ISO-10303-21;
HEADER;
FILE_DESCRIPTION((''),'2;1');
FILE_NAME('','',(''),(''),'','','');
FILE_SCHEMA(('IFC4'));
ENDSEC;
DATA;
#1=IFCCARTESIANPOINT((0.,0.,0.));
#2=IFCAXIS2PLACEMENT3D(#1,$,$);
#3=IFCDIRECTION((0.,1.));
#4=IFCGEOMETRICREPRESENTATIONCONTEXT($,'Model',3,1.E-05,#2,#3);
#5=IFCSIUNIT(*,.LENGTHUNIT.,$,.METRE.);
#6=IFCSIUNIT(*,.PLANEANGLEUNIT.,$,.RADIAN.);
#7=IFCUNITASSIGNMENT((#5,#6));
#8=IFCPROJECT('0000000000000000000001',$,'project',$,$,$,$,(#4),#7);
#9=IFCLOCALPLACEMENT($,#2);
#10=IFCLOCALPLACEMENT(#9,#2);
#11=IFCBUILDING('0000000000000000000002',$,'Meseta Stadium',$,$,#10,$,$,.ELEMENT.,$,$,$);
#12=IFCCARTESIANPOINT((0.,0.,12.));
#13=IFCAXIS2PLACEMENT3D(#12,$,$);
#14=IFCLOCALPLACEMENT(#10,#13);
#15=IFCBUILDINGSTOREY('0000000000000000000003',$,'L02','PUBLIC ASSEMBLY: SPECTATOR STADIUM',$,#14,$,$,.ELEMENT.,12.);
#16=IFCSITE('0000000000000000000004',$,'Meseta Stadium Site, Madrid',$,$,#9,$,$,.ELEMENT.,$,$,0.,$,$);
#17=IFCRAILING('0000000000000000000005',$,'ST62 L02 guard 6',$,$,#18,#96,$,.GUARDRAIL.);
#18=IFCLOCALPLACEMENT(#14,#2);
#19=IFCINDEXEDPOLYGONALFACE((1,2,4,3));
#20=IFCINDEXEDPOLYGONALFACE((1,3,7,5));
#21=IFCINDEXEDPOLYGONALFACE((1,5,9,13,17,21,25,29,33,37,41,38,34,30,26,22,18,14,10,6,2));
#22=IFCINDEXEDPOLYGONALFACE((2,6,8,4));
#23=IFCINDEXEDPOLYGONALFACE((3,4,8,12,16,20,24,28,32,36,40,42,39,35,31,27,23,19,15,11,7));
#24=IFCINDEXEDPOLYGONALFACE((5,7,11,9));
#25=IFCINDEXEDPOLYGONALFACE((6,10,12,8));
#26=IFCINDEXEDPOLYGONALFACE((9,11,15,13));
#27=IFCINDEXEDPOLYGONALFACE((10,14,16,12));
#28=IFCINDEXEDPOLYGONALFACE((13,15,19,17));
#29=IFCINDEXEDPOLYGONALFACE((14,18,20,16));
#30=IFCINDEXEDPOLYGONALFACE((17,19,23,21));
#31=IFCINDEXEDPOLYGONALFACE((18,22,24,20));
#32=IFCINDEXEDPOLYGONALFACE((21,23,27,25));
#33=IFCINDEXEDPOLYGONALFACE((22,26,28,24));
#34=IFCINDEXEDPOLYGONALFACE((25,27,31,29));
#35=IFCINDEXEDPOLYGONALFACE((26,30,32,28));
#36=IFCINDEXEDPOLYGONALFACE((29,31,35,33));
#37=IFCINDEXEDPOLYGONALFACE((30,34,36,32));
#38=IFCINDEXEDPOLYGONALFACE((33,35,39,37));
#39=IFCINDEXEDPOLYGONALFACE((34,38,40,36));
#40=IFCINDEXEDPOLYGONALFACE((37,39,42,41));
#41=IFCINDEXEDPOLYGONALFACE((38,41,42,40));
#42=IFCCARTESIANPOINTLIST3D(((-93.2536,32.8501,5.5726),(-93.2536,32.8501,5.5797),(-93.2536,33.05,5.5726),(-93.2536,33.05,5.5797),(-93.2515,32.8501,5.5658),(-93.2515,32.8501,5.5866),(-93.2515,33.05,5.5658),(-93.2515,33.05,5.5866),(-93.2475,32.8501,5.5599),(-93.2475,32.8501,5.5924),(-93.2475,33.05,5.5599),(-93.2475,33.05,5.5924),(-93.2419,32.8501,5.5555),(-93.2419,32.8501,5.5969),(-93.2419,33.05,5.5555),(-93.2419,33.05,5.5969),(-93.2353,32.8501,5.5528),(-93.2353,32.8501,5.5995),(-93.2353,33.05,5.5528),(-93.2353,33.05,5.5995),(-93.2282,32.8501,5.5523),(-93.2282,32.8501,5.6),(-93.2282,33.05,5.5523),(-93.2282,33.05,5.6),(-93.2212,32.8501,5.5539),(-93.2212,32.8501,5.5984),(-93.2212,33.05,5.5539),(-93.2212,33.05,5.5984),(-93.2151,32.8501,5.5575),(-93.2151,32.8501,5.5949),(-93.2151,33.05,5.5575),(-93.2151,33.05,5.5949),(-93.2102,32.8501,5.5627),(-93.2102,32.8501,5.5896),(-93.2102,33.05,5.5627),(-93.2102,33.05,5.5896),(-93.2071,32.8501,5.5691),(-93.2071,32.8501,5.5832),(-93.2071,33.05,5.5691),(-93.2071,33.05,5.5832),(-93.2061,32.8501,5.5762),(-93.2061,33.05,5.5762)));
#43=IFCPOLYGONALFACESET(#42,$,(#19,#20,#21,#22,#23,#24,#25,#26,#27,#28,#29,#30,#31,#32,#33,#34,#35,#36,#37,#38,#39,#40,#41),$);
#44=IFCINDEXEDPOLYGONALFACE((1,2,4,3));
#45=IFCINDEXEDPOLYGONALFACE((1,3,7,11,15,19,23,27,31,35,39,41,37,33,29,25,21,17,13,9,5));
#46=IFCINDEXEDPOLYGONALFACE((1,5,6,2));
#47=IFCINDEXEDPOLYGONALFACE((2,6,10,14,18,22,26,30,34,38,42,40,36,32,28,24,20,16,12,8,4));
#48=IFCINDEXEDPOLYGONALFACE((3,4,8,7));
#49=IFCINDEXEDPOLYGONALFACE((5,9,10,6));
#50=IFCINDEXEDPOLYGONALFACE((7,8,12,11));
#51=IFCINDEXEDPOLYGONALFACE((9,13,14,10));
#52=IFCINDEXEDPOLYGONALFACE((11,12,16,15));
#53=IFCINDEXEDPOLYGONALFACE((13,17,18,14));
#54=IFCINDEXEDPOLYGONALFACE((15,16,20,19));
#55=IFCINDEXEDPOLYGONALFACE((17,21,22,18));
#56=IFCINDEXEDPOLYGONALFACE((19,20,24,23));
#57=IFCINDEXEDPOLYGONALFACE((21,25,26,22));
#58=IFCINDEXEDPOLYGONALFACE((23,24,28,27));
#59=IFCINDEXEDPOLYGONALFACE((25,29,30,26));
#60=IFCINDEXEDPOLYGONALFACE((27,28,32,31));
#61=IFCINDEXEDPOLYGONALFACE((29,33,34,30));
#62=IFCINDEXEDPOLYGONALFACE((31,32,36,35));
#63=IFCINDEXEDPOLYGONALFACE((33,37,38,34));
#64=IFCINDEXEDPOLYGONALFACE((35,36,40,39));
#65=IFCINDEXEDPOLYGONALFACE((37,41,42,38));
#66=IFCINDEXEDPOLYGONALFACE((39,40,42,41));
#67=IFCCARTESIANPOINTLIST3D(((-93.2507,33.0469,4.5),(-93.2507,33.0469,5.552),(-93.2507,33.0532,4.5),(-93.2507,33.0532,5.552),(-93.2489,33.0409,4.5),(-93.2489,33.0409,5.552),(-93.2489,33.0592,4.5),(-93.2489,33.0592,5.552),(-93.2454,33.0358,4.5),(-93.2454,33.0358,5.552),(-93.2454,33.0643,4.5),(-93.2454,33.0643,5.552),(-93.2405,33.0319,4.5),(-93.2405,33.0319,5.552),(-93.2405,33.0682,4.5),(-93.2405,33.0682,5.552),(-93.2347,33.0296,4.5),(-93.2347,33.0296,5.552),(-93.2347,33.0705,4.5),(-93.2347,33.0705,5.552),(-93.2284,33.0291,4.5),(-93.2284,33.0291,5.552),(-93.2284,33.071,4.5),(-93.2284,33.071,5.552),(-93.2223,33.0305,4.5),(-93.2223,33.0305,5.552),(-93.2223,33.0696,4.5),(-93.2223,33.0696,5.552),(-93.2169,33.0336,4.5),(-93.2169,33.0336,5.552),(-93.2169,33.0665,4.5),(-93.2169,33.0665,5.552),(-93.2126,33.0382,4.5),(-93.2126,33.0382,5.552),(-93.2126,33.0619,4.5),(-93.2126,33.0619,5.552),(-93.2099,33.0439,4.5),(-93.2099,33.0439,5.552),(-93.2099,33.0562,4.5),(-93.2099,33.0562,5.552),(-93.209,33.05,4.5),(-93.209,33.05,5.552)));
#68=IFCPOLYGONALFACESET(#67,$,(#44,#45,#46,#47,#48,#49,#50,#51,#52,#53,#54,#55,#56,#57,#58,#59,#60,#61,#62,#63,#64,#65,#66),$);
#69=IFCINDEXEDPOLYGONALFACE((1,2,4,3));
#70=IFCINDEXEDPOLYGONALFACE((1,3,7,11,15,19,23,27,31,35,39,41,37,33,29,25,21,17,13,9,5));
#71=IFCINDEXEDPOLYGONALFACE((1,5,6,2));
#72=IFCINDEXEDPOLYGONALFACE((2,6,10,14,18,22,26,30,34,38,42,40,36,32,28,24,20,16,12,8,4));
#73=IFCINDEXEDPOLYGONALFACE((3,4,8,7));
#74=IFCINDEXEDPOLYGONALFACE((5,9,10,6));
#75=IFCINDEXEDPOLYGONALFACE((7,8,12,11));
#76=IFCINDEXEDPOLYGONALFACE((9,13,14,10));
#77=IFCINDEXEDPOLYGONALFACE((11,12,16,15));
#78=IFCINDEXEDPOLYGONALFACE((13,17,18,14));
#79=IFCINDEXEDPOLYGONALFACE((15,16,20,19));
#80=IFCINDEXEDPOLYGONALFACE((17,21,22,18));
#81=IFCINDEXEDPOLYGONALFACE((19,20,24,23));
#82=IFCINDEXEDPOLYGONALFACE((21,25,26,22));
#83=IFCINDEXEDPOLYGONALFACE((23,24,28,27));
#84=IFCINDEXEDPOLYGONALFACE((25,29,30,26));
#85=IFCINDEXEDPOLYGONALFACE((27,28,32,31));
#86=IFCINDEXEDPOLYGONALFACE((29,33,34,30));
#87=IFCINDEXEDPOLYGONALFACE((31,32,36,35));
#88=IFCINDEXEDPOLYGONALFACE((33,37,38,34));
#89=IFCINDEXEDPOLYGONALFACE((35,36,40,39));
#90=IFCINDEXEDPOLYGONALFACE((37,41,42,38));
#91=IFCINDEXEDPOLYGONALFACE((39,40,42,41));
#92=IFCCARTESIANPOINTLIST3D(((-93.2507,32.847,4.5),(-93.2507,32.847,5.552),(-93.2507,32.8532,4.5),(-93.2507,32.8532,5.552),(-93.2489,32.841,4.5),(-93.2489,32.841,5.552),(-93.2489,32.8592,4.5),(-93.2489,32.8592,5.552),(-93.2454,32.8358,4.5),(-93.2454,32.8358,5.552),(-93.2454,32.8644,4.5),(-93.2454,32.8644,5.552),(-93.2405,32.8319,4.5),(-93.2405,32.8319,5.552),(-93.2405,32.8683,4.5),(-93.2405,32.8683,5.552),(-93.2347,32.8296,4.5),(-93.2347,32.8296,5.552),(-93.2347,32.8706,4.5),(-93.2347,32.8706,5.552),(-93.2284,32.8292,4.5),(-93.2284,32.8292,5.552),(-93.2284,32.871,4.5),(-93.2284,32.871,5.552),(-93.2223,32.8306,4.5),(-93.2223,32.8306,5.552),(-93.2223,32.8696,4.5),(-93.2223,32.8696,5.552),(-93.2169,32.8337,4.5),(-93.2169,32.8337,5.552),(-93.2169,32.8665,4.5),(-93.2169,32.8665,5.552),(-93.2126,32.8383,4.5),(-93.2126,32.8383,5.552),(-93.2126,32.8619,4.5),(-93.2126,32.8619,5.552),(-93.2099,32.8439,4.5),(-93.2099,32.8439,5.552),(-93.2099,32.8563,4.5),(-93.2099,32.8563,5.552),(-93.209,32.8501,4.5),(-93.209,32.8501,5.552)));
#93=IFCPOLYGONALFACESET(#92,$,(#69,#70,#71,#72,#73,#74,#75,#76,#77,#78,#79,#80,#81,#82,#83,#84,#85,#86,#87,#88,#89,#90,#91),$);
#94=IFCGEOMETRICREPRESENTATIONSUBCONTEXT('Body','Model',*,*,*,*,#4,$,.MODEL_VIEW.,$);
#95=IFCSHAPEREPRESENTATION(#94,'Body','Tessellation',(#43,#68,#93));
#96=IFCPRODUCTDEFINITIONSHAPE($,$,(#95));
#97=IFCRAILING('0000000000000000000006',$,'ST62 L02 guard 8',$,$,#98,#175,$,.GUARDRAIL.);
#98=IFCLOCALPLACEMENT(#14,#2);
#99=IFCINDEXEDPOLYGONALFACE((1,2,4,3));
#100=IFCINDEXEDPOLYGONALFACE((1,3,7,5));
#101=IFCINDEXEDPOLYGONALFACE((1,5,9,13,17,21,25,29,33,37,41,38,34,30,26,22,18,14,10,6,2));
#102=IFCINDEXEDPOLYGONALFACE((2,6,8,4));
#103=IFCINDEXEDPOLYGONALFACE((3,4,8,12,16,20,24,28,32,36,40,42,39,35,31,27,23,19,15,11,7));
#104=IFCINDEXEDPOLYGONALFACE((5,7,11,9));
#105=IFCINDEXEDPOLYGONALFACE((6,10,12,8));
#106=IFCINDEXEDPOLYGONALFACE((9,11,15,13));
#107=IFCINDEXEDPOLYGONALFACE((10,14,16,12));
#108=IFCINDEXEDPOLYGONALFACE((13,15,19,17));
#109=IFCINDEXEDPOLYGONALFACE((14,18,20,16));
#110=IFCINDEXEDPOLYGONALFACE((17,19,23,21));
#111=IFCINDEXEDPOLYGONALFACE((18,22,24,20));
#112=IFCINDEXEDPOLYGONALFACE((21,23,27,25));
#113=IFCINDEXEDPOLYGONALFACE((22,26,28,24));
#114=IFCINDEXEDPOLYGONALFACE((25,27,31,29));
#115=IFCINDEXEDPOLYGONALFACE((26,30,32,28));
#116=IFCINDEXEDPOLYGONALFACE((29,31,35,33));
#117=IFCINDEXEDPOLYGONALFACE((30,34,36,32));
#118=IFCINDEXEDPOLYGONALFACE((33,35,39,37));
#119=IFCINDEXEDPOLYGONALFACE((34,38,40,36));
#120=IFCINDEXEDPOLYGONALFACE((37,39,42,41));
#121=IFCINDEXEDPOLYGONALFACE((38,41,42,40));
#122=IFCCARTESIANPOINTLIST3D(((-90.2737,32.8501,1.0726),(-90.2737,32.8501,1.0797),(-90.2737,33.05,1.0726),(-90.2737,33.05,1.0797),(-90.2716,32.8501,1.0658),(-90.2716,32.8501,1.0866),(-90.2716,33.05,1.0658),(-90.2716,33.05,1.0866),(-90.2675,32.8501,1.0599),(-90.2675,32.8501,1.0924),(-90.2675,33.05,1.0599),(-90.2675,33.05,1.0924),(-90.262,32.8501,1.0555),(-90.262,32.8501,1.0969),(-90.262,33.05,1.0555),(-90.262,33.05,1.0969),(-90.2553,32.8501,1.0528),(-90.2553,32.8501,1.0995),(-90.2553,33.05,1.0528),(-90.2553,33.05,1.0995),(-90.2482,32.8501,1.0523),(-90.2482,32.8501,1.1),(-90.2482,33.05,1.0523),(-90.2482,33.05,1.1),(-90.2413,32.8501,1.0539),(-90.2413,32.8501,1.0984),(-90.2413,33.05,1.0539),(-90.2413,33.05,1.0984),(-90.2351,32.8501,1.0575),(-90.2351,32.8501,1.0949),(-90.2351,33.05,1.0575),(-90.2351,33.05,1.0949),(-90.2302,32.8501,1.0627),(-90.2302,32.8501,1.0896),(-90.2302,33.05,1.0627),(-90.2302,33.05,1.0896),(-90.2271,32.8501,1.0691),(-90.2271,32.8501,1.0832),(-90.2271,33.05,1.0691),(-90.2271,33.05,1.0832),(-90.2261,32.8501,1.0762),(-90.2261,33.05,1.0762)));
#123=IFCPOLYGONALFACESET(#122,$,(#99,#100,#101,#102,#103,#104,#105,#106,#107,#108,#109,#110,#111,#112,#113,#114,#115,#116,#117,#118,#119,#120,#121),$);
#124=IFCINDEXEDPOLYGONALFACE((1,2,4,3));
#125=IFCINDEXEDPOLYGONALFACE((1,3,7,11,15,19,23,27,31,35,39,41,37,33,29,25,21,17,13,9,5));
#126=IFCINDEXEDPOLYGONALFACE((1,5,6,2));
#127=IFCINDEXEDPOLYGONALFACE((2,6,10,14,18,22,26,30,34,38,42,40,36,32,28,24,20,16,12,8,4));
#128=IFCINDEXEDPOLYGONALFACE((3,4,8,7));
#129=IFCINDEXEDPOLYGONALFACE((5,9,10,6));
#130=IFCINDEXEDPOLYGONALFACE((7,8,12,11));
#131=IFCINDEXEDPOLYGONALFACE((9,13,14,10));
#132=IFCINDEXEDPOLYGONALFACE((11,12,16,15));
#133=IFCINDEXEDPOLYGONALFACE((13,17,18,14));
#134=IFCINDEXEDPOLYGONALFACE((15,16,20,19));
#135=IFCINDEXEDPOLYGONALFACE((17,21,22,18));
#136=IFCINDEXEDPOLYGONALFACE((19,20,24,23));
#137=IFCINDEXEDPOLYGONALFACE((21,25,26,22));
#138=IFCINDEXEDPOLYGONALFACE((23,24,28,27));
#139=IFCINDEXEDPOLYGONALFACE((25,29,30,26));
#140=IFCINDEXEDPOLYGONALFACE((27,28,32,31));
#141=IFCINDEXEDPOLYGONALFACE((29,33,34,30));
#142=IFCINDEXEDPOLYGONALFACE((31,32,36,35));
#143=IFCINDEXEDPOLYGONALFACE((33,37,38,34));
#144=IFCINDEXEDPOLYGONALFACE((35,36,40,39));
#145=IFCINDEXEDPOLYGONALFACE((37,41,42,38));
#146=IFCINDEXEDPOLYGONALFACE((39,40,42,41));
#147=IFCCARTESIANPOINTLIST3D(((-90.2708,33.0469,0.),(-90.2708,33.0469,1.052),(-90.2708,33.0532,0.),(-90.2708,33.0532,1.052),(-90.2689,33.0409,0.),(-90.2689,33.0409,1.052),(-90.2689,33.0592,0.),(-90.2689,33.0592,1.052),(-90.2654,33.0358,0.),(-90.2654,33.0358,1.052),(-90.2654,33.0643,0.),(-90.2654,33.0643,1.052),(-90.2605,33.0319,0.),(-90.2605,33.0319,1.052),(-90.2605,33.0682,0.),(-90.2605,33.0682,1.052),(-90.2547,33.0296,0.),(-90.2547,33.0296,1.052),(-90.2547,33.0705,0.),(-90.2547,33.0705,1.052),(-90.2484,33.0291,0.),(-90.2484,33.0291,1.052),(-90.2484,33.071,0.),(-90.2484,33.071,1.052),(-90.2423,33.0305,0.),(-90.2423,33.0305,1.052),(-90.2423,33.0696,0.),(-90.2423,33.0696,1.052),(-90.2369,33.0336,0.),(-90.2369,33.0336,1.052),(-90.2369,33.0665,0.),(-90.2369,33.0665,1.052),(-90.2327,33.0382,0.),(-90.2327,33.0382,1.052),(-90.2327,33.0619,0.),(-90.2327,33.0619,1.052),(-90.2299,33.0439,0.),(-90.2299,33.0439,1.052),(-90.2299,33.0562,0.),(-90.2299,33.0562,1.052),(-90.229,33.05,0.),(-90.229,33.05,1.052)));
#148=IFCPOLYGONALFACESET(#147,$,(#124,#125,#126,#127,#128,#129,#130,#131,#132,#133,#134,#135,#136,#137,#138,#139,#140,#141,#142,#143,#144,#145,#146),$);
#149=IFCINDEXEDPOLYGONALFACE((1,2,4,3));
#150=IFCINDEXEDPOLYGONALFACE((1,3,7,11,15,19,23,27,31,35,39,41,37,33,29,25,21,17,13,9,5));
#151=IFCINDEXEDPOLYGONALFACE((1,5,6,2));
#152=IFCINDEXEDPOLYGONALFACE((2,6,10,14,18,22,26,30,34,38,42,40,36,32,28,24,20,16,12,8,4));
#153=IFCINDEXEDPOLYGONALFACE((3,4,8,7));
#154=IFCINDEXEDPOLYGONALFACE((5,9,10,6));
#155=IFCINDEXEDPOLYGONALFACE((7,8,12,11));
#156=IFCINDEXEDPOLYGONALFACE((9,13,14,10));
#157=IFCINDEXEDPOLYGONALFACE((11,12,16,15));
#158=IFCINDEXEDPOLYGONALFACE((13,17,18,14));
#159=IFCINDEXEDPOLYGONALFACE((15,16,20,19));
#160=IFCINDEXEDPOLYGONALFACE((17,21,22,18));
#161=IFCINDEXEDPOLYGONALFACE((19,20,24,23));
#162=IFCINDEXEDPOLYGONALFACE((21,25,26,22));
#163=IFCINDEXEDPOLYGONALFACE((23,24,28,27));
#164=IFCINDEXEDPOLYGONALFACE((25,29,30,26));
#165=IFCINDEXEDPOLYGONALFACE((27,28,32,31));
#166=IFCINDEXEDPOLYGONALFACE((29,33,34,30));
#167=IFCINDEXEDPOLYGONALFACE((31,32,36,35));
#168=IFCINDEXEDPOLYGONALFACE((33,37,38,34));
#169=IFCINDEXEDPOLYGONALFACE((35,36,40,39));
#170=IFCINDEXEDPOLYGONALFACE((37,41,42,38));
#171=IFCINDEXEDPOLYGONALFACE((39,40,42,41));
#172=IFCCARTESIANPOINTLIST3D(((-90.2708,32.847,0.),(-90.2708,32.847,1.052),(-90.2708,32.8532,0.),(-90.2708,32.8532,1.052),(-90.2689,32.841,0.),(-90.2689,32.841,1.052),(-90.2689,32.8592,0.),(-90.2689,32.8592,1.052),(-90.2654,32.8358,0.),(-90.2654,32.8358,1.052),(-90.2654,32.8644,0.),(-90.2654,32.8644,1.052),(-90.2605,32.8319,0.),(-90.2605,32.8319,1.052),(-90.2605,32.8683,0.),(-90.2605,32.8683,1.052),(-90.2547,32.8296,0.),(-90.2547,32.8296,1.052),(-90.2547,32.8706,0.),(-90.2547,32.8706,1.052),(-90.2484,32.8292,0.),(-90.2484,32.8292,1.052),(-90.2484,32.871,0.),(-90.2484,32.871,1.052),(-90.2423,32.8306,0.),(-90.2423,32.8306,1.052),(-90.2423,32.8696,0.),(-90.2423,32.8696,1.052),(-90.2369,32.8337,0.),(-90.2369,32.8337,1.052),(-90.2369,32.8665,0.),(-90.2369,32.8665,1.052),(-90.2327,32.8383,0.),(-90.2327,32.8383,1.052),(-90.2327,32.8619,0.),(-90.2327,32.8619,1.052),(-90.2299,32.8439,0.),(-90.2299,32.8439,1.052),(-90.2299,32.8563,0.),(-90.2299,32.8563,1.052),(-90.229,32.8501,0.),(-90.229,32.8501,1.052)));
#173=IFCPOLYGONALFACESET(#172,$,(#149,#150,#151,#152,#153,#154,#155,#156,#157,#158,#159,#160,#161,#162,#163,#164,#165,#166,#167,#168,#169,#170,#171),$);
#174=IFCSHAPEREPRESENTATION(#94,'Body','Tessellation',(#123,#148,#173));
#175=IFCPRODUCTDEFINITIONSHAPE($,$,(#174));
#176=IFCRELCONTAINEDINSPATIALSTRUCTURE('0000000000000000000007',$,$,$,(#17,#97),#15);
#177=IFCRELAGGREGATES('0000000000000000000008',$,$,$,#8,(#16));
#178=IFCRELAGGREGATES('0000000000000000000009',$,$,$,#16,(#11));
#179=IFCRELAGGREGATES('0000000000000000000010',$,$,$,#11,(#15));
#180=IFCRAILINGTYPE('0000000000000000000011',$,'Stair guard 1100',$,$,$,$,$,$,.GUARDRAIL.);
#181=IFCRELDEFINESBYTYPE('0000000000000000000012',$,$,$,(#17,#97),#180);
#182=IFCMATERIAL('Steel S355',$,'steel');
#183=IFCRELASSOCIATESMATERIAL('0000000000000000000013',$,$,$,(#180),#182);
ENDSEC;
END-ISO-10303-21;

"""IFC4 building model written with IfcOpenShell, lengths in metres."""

from ifc_helpers import new_model, si_unit, direction, frame, origin, origin_2d, place, context, subcontext, project, spatial, circle, extrude, material, type_object, element, save


model = new_model("IFC4")

# Units and contexts
model_context = context("Model", 3, precision=1e-05, world=origin(), true_north=direction((0.0, 1.0)))
body_context = subcontext(model_context, "Body", "Model", "MODEL_VIEW")
ifc_project = project(units=[si_unit("LENGTHUNIT", "METRE"), si_unit("PLANEANGLEUNIT", "RADIAN")], contexts=[model_context])

# Site, building, storey
site_placement = place(None, origin())
site = spatial("IfcSite", under=ifc_project, at=site_placement, Name="Meseta Stadium Site, Madrid", CompositionType="ELEMENT", RefElevation=0.0)
building_placement = place(site_placement, origin())
building = spatial("IfcBuilding", under=site, at=building_placement, Name="Meseta Stadium", CompositionType="ELEMENT")
storey_placement = place(building_placement, frame((0.0, 0.0, 12.0)))
storey = spatial("IfcBuildingStorey", under=building, at=storey_placement, Name="L02", Description="PUBLIC ASSEMBLY: SPECTATOR STADIUM", CompositionType="ELEMENT", Elevation=12.0)

# Railings
ifc_material_1 = material(Name="Steel S355", Category="steel")
railing_type_1 = type_object("IfcRailingType", Name="Stair guard 1100", PredefinedType="GUARDRAIL", material=ifc_material_1)
for number, where, name in (
    (1, (-93.23, 33.05, 4.5), "ST62 L02 guard 6"),
    (2, (-90.25, 33.05, 0.0), "ST62 L02 guard 8"),
):
    element("IfcRailing", number, at=place(storey_placement, frame(where)), inside=storey, type_object=railing_type_1, Name=name, PredefinedType="GUARDRAIL", context=body_context, shape_type="SweptSolid", body=[
        extrude(circle(Radius=0.0239, at=origin_2d()), frame((0.0, 0.0, 1.0762), z_axis=(0.0, -1.0, 0.0), x_axis=(1.0, 0.0, 0.0)), (0.0, 0.0, 1.0), 0.2),
        extrude(circle(Radius=0.021, at=origin_2d()), origin(), (0.0, 0.0, 1.0), 1.052),
        extrude(circle(Radius=0.021, at=origin_2d()), frame((0.0, -0.2, 0.0)), (0.0, 0.0, 1.0), 1.052),
    ])

save(model, "model.ifc")
